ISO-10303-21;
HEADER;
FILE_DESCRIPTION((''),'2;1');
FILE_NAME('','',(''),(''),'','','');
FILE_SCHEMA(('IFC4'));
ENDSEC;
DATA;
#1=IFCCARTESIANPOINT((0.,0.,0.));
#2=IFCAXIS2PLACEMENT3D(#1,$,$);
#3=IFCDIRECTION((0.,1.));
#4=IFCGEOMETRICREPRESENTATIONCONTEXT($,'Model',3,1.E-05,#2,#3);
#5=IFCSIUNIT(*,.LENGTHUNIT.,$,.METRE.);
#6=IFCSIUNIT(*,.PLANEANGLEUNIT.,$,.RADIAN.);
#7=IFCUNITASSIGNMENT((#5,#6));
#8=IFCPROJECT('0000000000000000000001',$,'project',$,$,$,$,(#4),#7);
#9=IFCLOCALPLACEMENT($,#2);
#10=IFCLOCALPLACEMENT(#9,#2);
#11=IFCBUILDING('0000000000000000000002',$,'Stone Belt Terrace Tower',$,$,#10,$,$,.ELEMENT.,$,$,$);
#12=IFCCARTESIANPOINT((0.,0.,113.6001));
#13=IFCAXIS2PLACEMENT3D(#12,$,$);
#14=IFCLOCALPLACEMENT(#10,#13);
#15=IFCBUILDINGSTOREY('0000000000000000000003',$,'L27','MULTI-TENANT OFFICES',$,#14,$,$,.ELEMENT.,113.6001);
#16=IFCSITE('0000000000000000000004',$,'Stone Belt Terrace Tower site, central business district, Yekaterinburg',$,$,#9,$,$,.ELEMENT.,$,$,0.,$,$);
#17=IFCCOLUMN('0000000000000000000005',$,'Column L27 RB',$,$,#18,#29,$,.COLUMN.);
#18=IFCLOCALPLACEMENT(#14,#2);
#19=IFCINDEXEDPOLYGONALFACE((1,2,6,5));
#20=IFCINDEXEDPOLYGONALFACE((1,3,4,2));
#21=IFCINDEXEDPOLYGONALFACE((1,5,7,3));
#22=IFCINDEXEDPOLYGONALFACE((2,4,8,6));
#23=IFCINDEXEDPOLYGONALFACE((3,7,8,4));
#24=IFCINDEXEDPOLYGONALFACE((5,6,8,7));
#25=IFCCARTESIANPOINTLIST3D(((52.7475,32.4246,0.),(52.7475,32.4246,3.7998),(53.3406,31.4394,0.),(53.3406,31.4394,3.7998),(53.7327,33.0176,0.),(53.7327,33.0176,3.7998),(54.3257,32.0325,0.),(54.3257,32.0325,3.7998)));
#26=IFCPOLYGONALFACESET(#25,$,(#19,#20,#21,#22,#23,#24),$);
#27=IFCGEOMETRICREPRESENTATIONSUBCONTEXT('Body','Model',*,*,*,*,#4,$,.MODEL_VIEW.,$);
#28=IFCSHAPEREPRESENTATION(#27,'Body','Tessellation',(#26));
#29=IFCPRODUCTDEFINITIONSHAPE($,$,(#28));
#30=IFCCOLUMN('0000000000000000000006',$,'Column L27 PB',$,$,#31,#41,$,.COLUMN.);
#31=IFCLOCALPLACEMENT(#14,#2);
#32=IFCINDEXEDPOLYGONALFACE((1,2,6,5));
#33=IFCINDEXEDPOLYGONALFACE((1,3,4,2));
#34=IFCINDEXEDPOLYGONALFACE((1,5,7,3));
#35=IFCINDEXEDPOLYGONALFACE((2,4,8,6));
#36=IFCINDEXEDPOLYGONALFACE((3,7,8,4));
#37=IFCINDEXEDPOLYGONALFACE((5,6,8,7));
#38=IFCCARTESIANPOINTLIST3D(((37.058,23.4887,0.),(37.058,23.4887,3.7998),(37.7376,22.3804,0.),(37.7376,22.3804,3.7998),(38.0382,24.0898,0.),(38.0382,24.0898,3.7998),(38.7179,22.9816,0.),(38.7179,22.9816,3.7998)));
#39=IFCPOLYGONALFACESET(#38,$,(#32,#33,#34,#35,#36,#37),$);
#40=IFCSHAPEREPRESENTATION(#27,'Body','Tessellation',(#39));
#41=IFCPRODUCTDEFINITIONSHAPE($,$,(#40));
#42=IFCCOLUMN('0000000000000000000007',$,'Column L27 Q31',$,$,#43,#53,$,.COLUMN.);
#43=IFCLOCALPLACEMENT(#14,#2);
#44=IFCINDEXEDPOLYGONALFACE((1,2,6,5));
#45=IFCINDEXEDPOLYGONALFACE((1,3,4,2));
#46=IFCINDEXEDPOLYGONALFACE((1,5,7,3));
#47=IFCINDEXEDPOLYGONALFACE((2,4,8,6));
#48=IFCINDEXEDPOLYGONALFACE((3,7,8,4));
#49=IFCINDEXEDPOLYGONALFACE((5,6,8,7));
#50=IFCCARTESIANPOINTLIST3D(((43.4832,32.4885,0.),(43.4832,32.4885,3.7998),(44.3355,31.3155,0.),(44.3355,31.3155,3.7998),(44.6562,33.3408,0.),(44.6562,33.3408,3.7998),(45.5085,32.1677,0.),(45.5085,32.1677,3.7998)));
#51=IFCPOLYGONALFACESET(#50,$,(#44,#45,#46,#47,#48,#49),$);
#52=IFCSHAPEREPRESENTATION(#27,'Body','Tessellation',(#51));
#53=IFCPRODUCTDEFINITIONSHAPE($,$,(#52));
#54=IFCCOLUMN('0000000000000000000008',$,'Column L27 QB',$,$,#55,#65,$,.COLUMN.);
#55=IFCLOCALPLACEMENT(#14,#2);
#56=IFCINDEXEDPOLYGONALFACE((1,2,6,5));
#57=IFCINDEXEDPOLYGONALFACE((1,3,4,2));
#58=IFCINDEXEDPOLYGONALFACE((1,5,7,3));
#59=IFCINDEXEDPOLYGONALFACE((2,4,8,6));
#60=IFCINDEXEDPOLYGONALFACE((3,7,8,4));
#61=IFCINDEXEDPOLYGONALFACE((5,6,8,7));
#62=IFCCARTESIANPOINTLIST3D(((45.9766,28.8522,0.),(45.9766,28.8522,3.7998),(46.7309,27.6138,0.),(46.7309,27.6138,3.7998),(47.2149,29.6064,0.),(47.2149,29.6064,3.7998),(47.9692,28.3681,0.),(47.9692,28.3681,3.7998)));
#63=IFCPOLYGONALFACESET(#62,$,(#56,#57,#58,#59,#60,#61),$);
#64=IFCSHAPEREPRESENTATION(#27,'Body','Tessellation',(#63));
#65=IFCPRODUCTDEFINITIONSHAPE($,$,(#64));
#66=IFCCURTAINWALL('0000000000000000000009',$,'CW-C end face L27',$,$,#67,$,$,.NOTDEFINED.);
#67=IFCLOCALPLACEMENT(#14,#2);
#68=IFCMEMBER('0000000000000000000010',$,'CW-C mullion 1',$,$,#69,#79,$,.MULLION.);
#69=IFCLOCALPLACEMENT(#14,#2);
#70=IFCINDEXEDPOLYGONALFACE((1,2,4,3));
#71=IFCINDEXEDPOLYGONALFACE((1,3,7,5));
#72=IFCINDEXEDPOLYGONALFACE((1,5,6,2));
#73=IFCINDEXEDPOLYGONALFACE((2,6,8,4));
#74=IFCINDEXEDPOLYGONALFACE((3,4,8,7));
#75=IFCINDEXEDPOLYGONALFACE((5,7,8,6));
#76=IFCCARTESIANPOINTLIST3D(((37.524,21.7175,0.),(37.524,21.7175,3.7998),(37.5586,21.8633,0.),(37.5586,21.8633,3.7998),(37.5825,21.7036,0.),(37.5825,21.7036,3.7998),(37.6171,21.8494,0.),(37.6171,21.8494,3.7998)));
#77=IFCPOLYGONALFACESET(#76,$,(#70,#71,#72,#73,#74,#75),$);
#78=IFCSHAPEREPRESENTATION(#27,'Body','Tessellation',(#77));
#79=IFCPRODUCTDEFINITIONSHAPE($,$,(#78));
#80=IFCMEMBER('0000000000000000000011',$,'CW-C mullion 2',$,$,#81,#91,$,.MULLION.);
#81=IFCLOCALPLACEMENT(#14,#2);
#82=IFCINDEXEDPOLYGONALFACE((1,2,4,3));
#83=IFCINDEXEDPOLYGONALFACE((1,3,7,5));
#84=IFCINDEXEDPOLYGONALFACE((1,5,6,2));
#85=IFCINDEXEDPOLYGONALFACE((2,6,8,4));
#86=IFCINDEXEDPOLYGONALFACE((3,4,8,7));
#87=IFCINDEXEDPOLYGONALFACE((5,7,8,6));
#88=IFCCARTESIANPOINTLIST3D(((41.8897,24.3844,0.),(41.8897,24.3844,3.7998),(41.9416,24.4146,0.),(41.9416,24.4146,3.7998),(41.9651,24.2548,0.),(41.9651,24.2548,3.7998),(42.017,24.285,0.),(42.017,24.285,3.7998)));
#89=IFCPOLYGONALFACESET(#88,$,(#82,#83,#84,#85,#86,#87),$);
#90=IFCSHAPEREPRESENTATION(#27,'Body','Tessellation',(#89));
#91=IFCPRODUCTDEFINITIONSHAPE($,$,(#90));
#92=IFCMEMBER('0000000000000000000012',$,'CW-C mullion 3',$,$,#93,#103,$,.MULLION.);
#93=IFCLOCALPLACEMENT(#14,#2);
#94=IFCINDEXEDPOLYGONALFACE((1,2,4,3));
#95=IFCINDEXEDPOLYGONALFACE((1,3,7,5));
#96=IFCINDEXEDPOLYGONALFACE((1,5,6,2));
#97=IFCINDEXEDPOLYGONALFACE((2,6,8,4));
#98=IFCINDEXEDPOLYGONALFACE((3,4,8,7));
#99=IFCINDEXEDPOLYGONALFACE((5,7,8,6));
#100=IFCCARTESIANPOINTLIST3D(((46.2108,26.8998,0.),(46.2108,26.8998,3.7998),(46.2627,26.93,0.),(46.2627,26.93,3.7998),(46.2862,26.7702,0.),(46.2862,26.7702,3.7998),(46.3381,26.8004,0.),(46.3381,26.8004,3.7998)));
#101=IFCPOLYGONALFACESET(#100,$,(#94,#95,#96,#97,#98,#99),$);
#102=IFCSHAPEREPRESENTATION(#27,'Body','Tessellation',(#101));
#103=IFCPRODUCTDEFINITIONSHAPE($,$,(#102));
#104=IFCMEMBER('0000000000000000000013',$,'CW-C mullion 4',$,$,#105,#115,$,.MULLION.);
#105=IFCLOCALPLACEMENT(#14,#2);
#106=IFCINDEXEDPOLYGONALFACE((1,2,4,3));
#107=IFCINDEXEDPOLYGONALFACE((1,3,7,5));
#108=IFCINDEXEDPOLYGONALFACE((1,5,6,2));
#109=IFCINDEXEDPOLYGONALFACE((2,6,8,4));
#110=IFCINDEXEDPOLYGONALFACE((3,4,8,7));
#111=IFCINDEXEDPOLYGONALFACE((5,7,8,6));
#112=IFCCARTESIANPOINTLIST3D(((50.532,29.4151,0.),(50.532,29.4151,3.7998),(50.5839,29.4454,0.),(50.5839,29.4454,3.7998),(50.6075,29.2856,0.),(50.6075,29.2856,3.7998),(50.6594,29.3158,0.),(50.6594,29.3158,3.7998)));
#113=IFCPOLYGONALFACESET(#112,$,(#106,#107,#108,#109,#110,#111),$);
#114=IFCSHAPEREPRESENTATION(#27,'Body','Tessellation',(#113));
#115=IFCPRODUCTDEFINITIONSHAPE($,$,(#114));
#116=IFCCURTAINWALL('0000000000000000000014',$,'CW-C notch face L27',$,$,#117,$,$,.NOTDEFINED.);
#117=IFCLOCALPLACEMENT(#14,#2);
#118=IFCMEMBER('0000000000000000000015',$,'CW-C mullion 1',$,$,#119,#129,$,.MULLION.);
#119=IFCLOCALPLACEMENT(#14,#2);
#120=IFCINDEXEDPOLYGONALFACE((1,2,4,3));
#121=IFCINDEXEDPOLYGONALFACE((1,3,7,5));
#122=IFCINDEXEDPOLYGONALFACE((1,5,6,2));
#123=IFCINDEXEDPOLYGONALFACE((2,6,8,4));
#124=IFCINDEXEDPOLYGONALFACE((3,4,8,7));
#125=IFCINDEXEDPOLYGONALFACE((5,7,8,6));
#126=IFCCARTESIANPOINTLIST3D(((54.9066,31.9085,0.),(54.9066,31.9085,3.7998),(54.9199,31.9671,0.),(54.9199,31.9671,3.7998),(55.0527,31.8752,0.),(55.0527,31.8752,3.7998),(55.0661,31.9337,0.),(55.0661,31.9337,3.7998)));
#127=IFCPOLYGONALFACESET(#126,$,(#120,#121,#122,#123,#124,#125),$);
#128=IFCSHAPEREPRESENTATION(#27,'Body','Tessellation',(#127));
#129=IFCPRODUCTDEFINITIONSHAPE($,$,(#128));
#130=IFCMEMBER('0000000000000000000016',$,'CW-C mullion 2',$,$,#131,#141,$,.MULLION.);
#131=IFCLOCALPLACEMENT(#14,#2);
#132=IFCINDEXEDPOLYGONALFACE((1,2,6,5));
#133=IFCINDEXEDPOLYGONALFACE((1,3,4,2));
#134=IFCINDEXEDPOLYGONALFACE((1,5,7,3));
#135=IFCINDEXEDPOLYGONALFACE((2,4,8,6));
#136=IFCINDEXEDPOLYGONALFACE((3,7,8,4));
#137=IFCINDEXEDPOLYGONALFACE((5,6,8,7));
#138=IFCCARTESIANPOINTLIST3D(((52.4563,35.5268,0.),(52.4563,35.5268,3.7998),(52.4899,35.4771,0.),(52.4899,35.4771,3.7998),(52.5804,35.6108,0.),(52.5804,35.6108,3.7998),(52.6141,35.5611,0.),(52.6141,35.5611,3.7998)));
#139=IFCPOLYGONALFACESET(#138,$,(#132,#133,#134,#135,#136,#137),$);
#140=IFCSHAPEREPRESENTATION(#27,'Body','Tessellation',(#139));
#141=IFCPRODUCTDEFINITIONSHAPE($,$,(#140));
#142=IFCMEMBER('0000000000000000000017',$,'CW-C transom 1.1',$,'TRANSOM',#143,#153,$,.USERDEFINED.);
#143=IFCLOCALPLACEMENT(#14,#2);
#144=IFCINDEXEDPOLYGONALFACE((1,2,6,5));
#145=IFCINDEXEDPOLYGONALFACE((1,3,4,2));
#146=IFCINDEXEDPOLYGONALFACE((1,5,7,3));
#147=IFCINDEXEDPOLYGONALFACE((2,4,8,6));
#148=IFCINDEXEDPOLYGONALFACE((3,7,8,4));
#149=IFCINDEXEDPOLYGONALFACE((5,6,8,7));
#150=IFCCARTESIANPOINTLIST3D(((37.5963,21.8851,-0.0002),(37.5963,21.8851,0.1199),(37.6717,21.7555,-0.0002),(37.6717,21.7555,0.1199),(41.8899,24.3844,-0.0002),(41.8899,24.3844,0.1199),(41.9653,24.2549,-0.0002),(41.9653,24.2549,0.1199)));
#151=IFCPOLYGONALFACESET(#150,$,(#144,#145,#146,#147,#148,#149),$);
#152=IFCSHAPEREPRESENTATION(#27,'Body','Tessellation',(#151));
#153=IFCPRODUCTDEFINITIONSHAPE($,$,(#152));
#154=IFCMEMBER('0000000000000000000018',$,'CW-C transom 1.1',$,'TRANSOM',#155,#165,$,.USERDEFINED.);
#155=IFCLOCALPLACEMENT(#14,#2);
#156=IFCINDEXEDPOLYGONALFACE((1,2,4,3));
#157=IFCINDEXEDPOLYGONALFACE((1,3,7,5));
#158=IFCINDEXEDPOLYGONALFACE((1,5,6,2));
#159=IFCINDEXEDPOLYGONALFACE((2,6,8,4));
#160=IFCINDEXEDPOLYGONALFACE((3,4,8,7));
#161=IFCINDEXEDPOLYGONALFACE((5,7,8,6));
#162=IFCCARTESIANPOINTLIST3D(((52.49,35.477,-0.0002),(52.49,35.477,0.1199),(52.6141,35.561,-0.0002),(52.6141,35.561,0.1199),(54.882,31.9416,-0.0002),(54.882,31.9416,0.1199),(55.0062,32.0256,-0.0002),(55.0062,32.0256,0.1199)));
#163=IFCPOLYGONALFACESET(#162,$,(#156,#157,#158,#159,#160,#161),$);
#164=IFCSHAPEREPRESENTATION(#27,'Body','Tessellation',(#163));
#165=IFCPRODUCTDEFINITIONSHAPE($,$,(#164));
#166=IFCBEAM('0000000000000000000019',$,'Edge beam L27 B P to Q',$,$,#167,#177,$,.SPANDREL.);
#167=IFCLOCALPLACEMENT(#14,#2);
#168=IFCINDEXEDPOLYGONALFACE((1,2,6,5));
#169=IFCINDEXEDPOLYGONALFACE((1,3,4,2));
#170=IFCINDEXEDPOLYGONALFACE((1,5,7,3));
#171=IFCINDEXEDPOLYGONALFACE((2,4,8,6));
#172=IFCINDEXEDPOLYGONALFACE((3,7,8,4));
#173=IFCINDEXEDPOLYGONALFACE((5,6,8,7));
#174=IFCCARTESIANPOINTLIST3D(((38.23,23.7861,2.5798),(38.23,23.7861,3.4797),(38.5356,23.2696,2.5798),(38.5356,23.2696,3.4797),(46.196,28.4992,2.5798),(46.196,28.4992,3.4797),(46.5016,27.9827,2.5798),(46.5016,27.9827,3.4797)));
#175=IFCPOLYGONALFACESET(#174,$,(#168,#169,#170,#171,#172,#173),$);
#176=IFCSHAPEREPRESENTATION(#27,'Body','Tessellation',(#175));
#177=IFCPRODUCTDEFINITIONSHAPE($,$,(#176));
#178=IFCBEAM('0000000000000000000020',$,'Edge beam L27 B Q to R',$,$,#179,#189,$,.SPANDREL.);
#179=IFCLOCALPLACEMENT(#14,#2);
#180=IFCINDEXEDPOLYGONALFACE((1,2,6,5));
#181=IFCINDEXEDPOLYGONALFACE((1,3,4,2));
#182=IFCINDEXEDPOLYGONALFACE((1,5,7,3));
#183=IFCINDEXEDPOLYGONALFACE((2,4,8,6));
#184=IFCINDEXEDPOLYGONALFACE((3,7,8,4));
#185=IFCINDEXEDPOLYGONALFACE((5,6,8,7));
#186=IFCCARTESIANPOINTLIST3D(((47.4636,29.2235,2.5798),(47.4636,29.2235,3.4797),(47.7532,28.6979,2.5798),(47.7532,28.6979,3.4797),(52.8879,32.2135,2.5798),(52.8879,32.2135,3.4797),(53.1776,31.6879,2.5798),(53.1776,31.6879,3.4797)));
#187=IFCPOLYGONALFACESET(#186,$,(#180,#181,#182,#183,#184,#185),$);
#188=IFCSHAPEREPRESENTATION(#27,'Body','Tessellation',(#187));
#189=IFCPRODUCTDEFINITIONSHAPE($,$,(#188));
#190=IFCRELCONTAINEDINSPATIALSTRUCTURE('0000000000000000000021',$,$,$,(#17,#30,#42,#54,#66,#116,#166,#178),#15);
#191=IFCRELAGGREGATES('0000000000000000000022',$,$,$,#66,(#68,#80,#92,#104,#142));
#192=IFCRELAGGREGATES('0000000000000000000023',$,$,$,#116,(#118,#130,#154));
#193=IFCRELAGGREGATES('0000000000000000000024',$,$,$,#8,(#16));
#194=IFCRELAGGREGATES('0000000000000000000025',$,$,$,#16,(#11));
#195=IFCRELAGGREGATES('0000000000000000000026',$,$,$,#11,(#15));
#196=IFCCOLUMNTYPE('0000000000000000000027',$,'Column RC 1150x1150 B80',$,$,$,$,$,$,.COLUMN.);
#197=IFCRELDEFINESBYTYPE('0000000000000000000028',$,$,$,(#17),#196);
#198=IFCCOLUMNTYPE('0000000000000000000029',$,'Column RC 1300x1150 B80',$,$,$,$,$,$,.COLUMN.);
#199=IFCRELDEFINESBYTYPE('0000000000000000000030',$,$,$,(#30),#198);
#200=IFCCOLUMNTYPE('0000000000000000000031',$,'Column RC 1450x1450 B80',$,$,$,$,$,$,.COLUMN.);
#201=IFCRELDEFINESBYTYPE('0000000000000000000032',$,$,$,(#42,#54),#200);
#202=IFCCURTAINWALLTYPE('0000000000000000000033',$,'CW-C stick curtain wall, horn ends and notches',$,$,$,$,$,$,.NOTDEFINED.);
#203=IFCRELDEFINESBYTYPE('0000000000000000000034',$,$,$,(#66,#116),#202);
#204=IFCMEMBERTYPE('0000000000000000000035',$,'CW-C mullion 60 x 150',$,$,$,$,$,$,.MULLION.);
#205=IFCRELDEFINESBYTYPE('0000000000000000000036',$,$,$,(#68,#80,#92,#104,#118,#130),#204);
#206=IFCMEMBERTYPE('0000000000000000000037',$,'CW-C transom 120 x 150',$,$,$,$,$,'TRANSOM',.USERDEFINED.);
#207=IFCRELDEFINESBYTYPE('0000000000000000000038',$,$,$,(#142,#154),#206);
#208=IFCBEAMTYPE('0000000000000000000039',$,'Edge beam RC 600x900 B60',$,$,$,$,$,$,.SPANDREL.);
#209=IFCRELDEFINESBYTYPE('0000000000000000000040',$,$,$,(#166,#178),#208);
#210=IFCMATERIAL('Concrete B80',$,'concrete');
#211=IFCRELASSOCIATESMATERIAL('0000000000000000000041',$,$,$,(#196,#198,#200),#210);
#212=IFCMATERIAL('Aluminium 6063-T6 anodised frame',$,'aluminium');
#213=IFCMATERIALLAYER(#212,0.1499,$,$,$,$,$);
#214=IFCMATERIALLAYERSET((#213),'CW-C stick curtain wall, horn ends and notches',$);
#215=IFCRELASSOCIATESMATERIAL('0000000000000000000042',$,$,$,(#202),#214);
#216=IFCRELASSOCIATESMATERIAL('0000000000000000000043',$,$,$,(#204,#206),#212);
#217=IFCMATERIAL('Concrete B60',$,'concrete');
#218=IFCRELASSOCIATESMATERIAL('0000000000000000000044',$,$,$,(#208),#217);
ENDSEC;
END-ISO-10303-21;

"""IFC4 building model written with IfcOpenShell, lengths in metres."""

from ifc_helpers import new_model, si_unit, direction, frame, origin, origin_2d, place, context, subcontext, project, spatial, rectangle, extrude, material, layer, layer_set, material_profile, profile_set, type_object, element, aggregate, save


model = new_model("IFC4")

# Units and contexts
model_context = context("Model", 3, precision=1e-05, world=origin(), true_north=direction((0.0, 1.0)))
body_context = subcontext(model_context, "Body", "Model", "MODEL_VIEW")
ifc_project = project(units=[si_unit("LENGTHUNIT", "METRE"), si_unit("PLANEANGLEUNIT", "RADIAN")], contexts=[model_context])

# Site, building, storey
site_placement = place(None, origin())
site = spatial("IfcSite", under=ifc_project, at=site_placement, Name="Stone Belt Terrace Tower site, central business district, Yekaterinburg", CompositionType="ELEMENT", RefElevation=0.0)
building_placement = place(site_placement, origin())
building = spatial("IfcBuilding", under=site, at=building_placement, Name="Stone Belt Terrace Tower", CompositionType="ELEMENT")
storey_placement = place(building_placement, frame((0.0, 0.0, 113.6001)))
storey = spatial("IfcBuildingStorey", under=building, at=storey_placement, Name="L27", Description="MULTI-TENANT OFFICES", CompositionType="ELEMENT", Elevation=113.6001)

# Columns
ifc_material_1 = material(Name="Concrete B80", Category="concrete")
ifc_material_profile_1 = material_profile(ifc_material_1, rectangle(XDim=1.1499, YDim=1.1499, at=origin_2d()), Name="RC 1150x1150")
ifc_profile_set_1 = profile_set([ifc_material_profile_1], Name="Concrete B80")
column_type_1 = type_object("IfcColumnType", Name="Column RC 1150x1150 B80", PredefinedType="COLUMN", material=ifc_profile_set_1)
column_1_placement = place(storey_placement, frame((53.5366, 32.2285, 0.0), z_axis=(0.0, 0.0, 1.0), x_axis=(0.51575, -0.856739, 0.0)))
element("IfcColumn", 1, at=column_1_placement, inside=storey, type_object=column_type_1, Name="Column L27 RB", PredefinedType="COLUMN", context=body_context, shape_type="SweptSolid", body=[
    extrude(rectangle(XDim=1.1499, YDim=1.1499, at=origin_2d()), origin(), (0.0, 0.0, 1.0), 3.7998),
])
ifc_material_profile_2 = material_profile(ifc_material_1, rectangle(XDim=1.3, YDim=1.1499, at=origin_2d()), Name="RC 1300x1150")
ifc_profile_set_2 = profile_set([ifc_material_profile_2], Name="Concrete B80")
column_type_2 = type_object("IfcColumnType", Name="Column RC 1300x1150 B80", PredefinedType="COLUMN", material=ifc_profile_set_2)
column_2_placement = place(storey_placement, frame((37.8879, 23.2351, 0.0), z_axis=(0.0, 0.0, 1.0), x_axis=(0.522781, -0.852467, 0.0)))
element("IfcColumn", 2, at=column_2_placement, inside=storey, type_object=column_type_2, Name="Column L27 PB", PredefinedType="COLUMN", context=body_context, shape_type="SweptSolid", body=[
    extrude(rectangle(XDim=1.3, YDim=1.1499, at=origin_2d()), origin(), (0.0, 0.0, 1.0), 3.7998),
])
ifc_material_profile_3 = material_profile(ifc_material_1, rectangle(XDim=1.45, YDim=1.45, at=origin_2d()), Name="RC 1450x1450")
ifc_profile_set_3 = profile_set([ifc_material_profile_3], Name="Concrete B80")
column_type_3 = type_object("IfcColumnType", Name="Column RC 1450x1450 B80", PredefinedType="COLUMN", material=ifc_profile_set_3)
for number, where, z_axis, x_axis, name in (
    (3, (44.4958, 32.3281, 0.0), (0.0, 0.0, 1.0), (0.587785, -0.809017, 0.0), "Column L27 Q31"),
    (4, (46.9729, 28.6101, 0.0), (0.0, 0.0, 1.0), (0.520186, -0.854053, 0.0), "Column L27 QB"),
):
    element("IfcColumn", number, at=place(storey_placement, frame(where, z_axis=z_axis, x_axis=x_axis)), inside=storey, type_object=column_type_3, Name=name, PredefinedType="COLUMN", context=body_context, shape_type="SweptSolid", body=[
        extrude(rectangle(XDim=1.45, YDim=1.45, at=origin_2d()), origin(), (0.0, 0.0, 1.0), 3.7998),
    ])

# Curtain walls, members
ifc_material_2 = material(Name="Aluminium 6063-T6 anodised frame", Category="aluminium")
ifc_layer_1 = layer(ifc_material_2, 0.1499)
ifc_layer_set_1 = layer_set([ifc_layer_1], Name="CW-C stick curtain wall, horn ends and notches")
curtain_wall_type_1 = type_object("IfcCurtainWallType", Name="CW-C stick curtain wall, horn ends and notches", PredefinedType="NOTDEFINED", material=ifc_layer_set_1)
curtain_wall_1_placement = place(storey_placement, origin())
curtain_wall_1 = element("IfcCurtainWall", 5, at=curtain_wall_1_placement, inside=storey, type_object=curtain_wall_type_1, Name="CW-C end face L27", PredefinedType="NOTDEFINED")
ifc_material_profile_4 = material_profile(ifc_material_2, rectangle(XDim=0.1499, YDim=0.0601, at=origin_2d()), Name="Aluminium 6063-T6 60x150")
ifc_profile_set_4 = profile_set([ifc_material_profile_4], Name="Aluminium 6063-T6 anodised frame")
member_type_1 = type_object("IfcMemberType", Name="CW-C mullion 60 x 150", PredefinedType="MULLION", material=ifc_profile_set_4)
member_1_placement = place(storey_placement, frame((37.5706, 21.7834, 0.0), z_axis=(0.0, 0.0, 1.0), x_axis=(0.230847, 0.97299, 0.0)))
member_1 = element("IfcMember", 6, at=member_1_placement, type_object=member_type_1, Name="CW-C mullion 1", PredefinedType="MULLION", context=body_context, shape_type="SweptSolid", body=[
    extrude(rectangle(XDim=0.1499, YDim=0.0601, at=origin_2d()), origin(), (0.0, 0.0, 1.0), 3.7998),
])
member_2_placement = place(storey_placement, frame((41.9534, 24.3347, 0.0), z_axis=(0.0, 0.0, 1.0), x_axis=(-0.503081, 0.864239, 0.0)))
member_2 = element("IfcMember", 7, at=member_2_placement, type_object=member_type_1, Name="CW-C mullion 2", PredefinedType="MULLION", context=body_context, shape_type="SweptSolid", body=[
    extrude(rectangle(XDim=0.1499, YDim=0.0601, at=origin_2d()), origin(), (0.0, 0.0, 1.0), 3.7998),
])
member_3_placement = place(storey_placement, frame((46.2744, 26.8501, 0.0), z_axis=(0.0, 0.0, 1.0), x_axis=(-0.503081, 0.864239, 0.0)))
member_3 = element("IfcMember", 8, at=member_3_placement, type_object=member_type_1, Name="CW-C mullion 3", PredefinedType="MULLION", context=body_context, shape_type="SweptSolid", body=[
    extrude(rectangle(XDim=0.1499, YDim=0.0601, at=origin_2d()), origin(), (0.0, 0.0, 1.0), 3.7998),
])
member_4_placement = place(storey_placement, frame((50.5957, 29.3655, 0.0), z_axis=(0.0, 0.0, 1.0), x_axis=(-0.503081, 0.864239, 0.0)))
member_4 = element("IfcMember", 9, at=member_4_placement, type_object=member_type_1, Name="CW-C mullion 4", PredefinedType="MULLION", context=body_context, shape_type="SweptSolid", body=[
    extrude(rectangle(XDim=0.1499, YDim=0.0601, at=origin_2d()), origin(), (0.0, 0.0, 1.0), 3.7998),
])
curtain_wall_2_placement = place(storey_placement, origin())
curtain_wall_2 = element("IfcCurtainWall", 10, at=curtain_wall_2_placement, inside=storey, type_object=curtain_wall_type_1, Name="CW-C notch face L27", PredefinedType="NOTDEFINED")
member_5_placement = place(storey_placement, frame((54.9863, 31.9211, 0.0), z_axis=(0.0, 0.0, 1.0), x_axis=(-0.974927, 0.222525, 0.0)))
member_5 = element("IfcMember", 11, at=member_5_placement, type_object=member_type_1, Name="CW-C mullion 1", PredefinedType="MULLION", context=body_context, shape_type="SweptSolid", body=[
    extrude(rectangle(XDim=0.1499, YDim=0.0601, at=origin_2d()), origin(), (0.0, 0.0, 1.0), 3.7998),
])
member_6_placement = place(storey_placement, frame((52.5352, 35.5439, 0.0), z_axis=(0.0, 0.0, 1.0), x_axis=(-0.828244, -0.560367, 0.0)))
member_6 = element("IfcMember", 12, at=member_6_placement, type_object=member_type_1, Name="CW-C mullion 2", PredefinedType="MULLION", context=body_context, shape_type="SweptSolid", body=[
    extrude(rectangle(XDim=0.1499, YDim=0.0601, at=origin_2d()), origin(), (0.0, 0.0, 1.0), 3.7998),
])

# Members
ifc_material_profile_5 = material_profile(ifc_material_2, rectangle(XDim=0.1499, YDim=0.1201, at=origin_2d()), Name="Aluminium 6063-T6 150x120")
ifc_profile_set_5 = profile_set([ifc_material_profile_5], Name="Aluminium 6063-T6 anodised frame")
member_type_2 = type_object("IfcMemberType", Name="CW-C transom 120 x 150", ElementType="TRANSOM", PredefinedType="USERDEFINED", material=ifc_profile_set_5)
member_7_placement = place(storey_placement, frame((37.634, 21.8203, 0.0598), z_axis=(0.864238, 0.503082, 0.0), x_axis=(-0.503082, 0.864238, 0.0)))
member_7 = element("IfcMember", 13, at=member_7_placement, type_object=member_type_2, Name="CW-C transom 1.1", ObjectType="TRANSOM", PredefinedType="USERDEFINED", context=body_context, shape_type="SweptSolid", body=[
    extrude(rectangle(XDim=0.1499, YDim=0.1201, at=origin_2d()), origin(), (0.0, 0.0, 1.0), 4.968),
])
member_8_placement = place(storey_placement, frame((54.9441, 31.9836, 0.0598), z_axis=(-0.560389, 0.82823, 0.0), x_axis=(-0.82823, -0.560389, 0.0)))
member_8 = element("IfcMember", 14, at=member_8_placement, type_object=member_type_2, Name="CW-C transom 1.1", ObjectType="TRANSOM", PredefinedType="USERDEFINED", context=body_context, shape_type="SweptSolid", body=[
    extrude(rectangle(XDim=0.1499, YDim=0.1201, at=origin_2d()), origin(), (0.0, 0.0, 1.0), 4.2686),
])

# Beams
ifc_material_3 = material(Name="Concrete B60", Category="concrete")
ifc_material_profile_6 = material_profile(ifc_material_3, rectangle(XDim=0.6001, YDim=0.8999, at=origin_2d()), Name="RC 600x900")
ifc_profile_set_6 = profile_set([ifc_material_profile_6], Name="Concrete B60")
beam_type = type_object("IfcBeamType", Name="Edge beam RC 600x900 B60", PredefinedType="SPANDREL", material=ifc_profile_set_6)
beam_1_placement = place(storey_placement, frame((38.3828, 23.5278, 3.0298), z_axis=(0.860647, 0.509203, 0.0), x_axis=(-0.509203, 0.860647, 0.0)))
element("IfcBeam", 15, at=beam_1_placement, inside=storey, type_object=beam_type, Name="Edge beam L27 B P to Q", PredefinedType="SPANDREL", context=body_context, shape_type="SweptSolid", body=[
    extrude(rectangle(XDim=0.6001, YDim=0.8999, at=origin_2d()), origin(), (0.0, 0.0, 1.0), 9.2559),
])
beam_2_placement = place(storey_placement, frame((47.6084, 28.9607, 3.0298), z_axis=(0.875764, 0.482739, 0.0), x_axis=(-0.482739, 0.875764, 0.0)))
element("IfcBeam", 16, at=beam_2_placement, inside=storey, type_object=beam_type, Name="Edge beam L27 B Q to R", PredefinedType="SPANDREL", context=body_context, shape_type="SweptSolid", body=[
    extrude(rectangle(XDim=0.6001, YDim=0.8999, at=origin_2d()), origin(), (0.0, 0.0, 1.0), 6.1938),
])

aggregate(curtain_wall_1, [member_1, member_2, member_3, member_4, member_7])
aggregate(curtain_wall_2, [member_5, member_6, member_8])

save(model, "model.ifc")
